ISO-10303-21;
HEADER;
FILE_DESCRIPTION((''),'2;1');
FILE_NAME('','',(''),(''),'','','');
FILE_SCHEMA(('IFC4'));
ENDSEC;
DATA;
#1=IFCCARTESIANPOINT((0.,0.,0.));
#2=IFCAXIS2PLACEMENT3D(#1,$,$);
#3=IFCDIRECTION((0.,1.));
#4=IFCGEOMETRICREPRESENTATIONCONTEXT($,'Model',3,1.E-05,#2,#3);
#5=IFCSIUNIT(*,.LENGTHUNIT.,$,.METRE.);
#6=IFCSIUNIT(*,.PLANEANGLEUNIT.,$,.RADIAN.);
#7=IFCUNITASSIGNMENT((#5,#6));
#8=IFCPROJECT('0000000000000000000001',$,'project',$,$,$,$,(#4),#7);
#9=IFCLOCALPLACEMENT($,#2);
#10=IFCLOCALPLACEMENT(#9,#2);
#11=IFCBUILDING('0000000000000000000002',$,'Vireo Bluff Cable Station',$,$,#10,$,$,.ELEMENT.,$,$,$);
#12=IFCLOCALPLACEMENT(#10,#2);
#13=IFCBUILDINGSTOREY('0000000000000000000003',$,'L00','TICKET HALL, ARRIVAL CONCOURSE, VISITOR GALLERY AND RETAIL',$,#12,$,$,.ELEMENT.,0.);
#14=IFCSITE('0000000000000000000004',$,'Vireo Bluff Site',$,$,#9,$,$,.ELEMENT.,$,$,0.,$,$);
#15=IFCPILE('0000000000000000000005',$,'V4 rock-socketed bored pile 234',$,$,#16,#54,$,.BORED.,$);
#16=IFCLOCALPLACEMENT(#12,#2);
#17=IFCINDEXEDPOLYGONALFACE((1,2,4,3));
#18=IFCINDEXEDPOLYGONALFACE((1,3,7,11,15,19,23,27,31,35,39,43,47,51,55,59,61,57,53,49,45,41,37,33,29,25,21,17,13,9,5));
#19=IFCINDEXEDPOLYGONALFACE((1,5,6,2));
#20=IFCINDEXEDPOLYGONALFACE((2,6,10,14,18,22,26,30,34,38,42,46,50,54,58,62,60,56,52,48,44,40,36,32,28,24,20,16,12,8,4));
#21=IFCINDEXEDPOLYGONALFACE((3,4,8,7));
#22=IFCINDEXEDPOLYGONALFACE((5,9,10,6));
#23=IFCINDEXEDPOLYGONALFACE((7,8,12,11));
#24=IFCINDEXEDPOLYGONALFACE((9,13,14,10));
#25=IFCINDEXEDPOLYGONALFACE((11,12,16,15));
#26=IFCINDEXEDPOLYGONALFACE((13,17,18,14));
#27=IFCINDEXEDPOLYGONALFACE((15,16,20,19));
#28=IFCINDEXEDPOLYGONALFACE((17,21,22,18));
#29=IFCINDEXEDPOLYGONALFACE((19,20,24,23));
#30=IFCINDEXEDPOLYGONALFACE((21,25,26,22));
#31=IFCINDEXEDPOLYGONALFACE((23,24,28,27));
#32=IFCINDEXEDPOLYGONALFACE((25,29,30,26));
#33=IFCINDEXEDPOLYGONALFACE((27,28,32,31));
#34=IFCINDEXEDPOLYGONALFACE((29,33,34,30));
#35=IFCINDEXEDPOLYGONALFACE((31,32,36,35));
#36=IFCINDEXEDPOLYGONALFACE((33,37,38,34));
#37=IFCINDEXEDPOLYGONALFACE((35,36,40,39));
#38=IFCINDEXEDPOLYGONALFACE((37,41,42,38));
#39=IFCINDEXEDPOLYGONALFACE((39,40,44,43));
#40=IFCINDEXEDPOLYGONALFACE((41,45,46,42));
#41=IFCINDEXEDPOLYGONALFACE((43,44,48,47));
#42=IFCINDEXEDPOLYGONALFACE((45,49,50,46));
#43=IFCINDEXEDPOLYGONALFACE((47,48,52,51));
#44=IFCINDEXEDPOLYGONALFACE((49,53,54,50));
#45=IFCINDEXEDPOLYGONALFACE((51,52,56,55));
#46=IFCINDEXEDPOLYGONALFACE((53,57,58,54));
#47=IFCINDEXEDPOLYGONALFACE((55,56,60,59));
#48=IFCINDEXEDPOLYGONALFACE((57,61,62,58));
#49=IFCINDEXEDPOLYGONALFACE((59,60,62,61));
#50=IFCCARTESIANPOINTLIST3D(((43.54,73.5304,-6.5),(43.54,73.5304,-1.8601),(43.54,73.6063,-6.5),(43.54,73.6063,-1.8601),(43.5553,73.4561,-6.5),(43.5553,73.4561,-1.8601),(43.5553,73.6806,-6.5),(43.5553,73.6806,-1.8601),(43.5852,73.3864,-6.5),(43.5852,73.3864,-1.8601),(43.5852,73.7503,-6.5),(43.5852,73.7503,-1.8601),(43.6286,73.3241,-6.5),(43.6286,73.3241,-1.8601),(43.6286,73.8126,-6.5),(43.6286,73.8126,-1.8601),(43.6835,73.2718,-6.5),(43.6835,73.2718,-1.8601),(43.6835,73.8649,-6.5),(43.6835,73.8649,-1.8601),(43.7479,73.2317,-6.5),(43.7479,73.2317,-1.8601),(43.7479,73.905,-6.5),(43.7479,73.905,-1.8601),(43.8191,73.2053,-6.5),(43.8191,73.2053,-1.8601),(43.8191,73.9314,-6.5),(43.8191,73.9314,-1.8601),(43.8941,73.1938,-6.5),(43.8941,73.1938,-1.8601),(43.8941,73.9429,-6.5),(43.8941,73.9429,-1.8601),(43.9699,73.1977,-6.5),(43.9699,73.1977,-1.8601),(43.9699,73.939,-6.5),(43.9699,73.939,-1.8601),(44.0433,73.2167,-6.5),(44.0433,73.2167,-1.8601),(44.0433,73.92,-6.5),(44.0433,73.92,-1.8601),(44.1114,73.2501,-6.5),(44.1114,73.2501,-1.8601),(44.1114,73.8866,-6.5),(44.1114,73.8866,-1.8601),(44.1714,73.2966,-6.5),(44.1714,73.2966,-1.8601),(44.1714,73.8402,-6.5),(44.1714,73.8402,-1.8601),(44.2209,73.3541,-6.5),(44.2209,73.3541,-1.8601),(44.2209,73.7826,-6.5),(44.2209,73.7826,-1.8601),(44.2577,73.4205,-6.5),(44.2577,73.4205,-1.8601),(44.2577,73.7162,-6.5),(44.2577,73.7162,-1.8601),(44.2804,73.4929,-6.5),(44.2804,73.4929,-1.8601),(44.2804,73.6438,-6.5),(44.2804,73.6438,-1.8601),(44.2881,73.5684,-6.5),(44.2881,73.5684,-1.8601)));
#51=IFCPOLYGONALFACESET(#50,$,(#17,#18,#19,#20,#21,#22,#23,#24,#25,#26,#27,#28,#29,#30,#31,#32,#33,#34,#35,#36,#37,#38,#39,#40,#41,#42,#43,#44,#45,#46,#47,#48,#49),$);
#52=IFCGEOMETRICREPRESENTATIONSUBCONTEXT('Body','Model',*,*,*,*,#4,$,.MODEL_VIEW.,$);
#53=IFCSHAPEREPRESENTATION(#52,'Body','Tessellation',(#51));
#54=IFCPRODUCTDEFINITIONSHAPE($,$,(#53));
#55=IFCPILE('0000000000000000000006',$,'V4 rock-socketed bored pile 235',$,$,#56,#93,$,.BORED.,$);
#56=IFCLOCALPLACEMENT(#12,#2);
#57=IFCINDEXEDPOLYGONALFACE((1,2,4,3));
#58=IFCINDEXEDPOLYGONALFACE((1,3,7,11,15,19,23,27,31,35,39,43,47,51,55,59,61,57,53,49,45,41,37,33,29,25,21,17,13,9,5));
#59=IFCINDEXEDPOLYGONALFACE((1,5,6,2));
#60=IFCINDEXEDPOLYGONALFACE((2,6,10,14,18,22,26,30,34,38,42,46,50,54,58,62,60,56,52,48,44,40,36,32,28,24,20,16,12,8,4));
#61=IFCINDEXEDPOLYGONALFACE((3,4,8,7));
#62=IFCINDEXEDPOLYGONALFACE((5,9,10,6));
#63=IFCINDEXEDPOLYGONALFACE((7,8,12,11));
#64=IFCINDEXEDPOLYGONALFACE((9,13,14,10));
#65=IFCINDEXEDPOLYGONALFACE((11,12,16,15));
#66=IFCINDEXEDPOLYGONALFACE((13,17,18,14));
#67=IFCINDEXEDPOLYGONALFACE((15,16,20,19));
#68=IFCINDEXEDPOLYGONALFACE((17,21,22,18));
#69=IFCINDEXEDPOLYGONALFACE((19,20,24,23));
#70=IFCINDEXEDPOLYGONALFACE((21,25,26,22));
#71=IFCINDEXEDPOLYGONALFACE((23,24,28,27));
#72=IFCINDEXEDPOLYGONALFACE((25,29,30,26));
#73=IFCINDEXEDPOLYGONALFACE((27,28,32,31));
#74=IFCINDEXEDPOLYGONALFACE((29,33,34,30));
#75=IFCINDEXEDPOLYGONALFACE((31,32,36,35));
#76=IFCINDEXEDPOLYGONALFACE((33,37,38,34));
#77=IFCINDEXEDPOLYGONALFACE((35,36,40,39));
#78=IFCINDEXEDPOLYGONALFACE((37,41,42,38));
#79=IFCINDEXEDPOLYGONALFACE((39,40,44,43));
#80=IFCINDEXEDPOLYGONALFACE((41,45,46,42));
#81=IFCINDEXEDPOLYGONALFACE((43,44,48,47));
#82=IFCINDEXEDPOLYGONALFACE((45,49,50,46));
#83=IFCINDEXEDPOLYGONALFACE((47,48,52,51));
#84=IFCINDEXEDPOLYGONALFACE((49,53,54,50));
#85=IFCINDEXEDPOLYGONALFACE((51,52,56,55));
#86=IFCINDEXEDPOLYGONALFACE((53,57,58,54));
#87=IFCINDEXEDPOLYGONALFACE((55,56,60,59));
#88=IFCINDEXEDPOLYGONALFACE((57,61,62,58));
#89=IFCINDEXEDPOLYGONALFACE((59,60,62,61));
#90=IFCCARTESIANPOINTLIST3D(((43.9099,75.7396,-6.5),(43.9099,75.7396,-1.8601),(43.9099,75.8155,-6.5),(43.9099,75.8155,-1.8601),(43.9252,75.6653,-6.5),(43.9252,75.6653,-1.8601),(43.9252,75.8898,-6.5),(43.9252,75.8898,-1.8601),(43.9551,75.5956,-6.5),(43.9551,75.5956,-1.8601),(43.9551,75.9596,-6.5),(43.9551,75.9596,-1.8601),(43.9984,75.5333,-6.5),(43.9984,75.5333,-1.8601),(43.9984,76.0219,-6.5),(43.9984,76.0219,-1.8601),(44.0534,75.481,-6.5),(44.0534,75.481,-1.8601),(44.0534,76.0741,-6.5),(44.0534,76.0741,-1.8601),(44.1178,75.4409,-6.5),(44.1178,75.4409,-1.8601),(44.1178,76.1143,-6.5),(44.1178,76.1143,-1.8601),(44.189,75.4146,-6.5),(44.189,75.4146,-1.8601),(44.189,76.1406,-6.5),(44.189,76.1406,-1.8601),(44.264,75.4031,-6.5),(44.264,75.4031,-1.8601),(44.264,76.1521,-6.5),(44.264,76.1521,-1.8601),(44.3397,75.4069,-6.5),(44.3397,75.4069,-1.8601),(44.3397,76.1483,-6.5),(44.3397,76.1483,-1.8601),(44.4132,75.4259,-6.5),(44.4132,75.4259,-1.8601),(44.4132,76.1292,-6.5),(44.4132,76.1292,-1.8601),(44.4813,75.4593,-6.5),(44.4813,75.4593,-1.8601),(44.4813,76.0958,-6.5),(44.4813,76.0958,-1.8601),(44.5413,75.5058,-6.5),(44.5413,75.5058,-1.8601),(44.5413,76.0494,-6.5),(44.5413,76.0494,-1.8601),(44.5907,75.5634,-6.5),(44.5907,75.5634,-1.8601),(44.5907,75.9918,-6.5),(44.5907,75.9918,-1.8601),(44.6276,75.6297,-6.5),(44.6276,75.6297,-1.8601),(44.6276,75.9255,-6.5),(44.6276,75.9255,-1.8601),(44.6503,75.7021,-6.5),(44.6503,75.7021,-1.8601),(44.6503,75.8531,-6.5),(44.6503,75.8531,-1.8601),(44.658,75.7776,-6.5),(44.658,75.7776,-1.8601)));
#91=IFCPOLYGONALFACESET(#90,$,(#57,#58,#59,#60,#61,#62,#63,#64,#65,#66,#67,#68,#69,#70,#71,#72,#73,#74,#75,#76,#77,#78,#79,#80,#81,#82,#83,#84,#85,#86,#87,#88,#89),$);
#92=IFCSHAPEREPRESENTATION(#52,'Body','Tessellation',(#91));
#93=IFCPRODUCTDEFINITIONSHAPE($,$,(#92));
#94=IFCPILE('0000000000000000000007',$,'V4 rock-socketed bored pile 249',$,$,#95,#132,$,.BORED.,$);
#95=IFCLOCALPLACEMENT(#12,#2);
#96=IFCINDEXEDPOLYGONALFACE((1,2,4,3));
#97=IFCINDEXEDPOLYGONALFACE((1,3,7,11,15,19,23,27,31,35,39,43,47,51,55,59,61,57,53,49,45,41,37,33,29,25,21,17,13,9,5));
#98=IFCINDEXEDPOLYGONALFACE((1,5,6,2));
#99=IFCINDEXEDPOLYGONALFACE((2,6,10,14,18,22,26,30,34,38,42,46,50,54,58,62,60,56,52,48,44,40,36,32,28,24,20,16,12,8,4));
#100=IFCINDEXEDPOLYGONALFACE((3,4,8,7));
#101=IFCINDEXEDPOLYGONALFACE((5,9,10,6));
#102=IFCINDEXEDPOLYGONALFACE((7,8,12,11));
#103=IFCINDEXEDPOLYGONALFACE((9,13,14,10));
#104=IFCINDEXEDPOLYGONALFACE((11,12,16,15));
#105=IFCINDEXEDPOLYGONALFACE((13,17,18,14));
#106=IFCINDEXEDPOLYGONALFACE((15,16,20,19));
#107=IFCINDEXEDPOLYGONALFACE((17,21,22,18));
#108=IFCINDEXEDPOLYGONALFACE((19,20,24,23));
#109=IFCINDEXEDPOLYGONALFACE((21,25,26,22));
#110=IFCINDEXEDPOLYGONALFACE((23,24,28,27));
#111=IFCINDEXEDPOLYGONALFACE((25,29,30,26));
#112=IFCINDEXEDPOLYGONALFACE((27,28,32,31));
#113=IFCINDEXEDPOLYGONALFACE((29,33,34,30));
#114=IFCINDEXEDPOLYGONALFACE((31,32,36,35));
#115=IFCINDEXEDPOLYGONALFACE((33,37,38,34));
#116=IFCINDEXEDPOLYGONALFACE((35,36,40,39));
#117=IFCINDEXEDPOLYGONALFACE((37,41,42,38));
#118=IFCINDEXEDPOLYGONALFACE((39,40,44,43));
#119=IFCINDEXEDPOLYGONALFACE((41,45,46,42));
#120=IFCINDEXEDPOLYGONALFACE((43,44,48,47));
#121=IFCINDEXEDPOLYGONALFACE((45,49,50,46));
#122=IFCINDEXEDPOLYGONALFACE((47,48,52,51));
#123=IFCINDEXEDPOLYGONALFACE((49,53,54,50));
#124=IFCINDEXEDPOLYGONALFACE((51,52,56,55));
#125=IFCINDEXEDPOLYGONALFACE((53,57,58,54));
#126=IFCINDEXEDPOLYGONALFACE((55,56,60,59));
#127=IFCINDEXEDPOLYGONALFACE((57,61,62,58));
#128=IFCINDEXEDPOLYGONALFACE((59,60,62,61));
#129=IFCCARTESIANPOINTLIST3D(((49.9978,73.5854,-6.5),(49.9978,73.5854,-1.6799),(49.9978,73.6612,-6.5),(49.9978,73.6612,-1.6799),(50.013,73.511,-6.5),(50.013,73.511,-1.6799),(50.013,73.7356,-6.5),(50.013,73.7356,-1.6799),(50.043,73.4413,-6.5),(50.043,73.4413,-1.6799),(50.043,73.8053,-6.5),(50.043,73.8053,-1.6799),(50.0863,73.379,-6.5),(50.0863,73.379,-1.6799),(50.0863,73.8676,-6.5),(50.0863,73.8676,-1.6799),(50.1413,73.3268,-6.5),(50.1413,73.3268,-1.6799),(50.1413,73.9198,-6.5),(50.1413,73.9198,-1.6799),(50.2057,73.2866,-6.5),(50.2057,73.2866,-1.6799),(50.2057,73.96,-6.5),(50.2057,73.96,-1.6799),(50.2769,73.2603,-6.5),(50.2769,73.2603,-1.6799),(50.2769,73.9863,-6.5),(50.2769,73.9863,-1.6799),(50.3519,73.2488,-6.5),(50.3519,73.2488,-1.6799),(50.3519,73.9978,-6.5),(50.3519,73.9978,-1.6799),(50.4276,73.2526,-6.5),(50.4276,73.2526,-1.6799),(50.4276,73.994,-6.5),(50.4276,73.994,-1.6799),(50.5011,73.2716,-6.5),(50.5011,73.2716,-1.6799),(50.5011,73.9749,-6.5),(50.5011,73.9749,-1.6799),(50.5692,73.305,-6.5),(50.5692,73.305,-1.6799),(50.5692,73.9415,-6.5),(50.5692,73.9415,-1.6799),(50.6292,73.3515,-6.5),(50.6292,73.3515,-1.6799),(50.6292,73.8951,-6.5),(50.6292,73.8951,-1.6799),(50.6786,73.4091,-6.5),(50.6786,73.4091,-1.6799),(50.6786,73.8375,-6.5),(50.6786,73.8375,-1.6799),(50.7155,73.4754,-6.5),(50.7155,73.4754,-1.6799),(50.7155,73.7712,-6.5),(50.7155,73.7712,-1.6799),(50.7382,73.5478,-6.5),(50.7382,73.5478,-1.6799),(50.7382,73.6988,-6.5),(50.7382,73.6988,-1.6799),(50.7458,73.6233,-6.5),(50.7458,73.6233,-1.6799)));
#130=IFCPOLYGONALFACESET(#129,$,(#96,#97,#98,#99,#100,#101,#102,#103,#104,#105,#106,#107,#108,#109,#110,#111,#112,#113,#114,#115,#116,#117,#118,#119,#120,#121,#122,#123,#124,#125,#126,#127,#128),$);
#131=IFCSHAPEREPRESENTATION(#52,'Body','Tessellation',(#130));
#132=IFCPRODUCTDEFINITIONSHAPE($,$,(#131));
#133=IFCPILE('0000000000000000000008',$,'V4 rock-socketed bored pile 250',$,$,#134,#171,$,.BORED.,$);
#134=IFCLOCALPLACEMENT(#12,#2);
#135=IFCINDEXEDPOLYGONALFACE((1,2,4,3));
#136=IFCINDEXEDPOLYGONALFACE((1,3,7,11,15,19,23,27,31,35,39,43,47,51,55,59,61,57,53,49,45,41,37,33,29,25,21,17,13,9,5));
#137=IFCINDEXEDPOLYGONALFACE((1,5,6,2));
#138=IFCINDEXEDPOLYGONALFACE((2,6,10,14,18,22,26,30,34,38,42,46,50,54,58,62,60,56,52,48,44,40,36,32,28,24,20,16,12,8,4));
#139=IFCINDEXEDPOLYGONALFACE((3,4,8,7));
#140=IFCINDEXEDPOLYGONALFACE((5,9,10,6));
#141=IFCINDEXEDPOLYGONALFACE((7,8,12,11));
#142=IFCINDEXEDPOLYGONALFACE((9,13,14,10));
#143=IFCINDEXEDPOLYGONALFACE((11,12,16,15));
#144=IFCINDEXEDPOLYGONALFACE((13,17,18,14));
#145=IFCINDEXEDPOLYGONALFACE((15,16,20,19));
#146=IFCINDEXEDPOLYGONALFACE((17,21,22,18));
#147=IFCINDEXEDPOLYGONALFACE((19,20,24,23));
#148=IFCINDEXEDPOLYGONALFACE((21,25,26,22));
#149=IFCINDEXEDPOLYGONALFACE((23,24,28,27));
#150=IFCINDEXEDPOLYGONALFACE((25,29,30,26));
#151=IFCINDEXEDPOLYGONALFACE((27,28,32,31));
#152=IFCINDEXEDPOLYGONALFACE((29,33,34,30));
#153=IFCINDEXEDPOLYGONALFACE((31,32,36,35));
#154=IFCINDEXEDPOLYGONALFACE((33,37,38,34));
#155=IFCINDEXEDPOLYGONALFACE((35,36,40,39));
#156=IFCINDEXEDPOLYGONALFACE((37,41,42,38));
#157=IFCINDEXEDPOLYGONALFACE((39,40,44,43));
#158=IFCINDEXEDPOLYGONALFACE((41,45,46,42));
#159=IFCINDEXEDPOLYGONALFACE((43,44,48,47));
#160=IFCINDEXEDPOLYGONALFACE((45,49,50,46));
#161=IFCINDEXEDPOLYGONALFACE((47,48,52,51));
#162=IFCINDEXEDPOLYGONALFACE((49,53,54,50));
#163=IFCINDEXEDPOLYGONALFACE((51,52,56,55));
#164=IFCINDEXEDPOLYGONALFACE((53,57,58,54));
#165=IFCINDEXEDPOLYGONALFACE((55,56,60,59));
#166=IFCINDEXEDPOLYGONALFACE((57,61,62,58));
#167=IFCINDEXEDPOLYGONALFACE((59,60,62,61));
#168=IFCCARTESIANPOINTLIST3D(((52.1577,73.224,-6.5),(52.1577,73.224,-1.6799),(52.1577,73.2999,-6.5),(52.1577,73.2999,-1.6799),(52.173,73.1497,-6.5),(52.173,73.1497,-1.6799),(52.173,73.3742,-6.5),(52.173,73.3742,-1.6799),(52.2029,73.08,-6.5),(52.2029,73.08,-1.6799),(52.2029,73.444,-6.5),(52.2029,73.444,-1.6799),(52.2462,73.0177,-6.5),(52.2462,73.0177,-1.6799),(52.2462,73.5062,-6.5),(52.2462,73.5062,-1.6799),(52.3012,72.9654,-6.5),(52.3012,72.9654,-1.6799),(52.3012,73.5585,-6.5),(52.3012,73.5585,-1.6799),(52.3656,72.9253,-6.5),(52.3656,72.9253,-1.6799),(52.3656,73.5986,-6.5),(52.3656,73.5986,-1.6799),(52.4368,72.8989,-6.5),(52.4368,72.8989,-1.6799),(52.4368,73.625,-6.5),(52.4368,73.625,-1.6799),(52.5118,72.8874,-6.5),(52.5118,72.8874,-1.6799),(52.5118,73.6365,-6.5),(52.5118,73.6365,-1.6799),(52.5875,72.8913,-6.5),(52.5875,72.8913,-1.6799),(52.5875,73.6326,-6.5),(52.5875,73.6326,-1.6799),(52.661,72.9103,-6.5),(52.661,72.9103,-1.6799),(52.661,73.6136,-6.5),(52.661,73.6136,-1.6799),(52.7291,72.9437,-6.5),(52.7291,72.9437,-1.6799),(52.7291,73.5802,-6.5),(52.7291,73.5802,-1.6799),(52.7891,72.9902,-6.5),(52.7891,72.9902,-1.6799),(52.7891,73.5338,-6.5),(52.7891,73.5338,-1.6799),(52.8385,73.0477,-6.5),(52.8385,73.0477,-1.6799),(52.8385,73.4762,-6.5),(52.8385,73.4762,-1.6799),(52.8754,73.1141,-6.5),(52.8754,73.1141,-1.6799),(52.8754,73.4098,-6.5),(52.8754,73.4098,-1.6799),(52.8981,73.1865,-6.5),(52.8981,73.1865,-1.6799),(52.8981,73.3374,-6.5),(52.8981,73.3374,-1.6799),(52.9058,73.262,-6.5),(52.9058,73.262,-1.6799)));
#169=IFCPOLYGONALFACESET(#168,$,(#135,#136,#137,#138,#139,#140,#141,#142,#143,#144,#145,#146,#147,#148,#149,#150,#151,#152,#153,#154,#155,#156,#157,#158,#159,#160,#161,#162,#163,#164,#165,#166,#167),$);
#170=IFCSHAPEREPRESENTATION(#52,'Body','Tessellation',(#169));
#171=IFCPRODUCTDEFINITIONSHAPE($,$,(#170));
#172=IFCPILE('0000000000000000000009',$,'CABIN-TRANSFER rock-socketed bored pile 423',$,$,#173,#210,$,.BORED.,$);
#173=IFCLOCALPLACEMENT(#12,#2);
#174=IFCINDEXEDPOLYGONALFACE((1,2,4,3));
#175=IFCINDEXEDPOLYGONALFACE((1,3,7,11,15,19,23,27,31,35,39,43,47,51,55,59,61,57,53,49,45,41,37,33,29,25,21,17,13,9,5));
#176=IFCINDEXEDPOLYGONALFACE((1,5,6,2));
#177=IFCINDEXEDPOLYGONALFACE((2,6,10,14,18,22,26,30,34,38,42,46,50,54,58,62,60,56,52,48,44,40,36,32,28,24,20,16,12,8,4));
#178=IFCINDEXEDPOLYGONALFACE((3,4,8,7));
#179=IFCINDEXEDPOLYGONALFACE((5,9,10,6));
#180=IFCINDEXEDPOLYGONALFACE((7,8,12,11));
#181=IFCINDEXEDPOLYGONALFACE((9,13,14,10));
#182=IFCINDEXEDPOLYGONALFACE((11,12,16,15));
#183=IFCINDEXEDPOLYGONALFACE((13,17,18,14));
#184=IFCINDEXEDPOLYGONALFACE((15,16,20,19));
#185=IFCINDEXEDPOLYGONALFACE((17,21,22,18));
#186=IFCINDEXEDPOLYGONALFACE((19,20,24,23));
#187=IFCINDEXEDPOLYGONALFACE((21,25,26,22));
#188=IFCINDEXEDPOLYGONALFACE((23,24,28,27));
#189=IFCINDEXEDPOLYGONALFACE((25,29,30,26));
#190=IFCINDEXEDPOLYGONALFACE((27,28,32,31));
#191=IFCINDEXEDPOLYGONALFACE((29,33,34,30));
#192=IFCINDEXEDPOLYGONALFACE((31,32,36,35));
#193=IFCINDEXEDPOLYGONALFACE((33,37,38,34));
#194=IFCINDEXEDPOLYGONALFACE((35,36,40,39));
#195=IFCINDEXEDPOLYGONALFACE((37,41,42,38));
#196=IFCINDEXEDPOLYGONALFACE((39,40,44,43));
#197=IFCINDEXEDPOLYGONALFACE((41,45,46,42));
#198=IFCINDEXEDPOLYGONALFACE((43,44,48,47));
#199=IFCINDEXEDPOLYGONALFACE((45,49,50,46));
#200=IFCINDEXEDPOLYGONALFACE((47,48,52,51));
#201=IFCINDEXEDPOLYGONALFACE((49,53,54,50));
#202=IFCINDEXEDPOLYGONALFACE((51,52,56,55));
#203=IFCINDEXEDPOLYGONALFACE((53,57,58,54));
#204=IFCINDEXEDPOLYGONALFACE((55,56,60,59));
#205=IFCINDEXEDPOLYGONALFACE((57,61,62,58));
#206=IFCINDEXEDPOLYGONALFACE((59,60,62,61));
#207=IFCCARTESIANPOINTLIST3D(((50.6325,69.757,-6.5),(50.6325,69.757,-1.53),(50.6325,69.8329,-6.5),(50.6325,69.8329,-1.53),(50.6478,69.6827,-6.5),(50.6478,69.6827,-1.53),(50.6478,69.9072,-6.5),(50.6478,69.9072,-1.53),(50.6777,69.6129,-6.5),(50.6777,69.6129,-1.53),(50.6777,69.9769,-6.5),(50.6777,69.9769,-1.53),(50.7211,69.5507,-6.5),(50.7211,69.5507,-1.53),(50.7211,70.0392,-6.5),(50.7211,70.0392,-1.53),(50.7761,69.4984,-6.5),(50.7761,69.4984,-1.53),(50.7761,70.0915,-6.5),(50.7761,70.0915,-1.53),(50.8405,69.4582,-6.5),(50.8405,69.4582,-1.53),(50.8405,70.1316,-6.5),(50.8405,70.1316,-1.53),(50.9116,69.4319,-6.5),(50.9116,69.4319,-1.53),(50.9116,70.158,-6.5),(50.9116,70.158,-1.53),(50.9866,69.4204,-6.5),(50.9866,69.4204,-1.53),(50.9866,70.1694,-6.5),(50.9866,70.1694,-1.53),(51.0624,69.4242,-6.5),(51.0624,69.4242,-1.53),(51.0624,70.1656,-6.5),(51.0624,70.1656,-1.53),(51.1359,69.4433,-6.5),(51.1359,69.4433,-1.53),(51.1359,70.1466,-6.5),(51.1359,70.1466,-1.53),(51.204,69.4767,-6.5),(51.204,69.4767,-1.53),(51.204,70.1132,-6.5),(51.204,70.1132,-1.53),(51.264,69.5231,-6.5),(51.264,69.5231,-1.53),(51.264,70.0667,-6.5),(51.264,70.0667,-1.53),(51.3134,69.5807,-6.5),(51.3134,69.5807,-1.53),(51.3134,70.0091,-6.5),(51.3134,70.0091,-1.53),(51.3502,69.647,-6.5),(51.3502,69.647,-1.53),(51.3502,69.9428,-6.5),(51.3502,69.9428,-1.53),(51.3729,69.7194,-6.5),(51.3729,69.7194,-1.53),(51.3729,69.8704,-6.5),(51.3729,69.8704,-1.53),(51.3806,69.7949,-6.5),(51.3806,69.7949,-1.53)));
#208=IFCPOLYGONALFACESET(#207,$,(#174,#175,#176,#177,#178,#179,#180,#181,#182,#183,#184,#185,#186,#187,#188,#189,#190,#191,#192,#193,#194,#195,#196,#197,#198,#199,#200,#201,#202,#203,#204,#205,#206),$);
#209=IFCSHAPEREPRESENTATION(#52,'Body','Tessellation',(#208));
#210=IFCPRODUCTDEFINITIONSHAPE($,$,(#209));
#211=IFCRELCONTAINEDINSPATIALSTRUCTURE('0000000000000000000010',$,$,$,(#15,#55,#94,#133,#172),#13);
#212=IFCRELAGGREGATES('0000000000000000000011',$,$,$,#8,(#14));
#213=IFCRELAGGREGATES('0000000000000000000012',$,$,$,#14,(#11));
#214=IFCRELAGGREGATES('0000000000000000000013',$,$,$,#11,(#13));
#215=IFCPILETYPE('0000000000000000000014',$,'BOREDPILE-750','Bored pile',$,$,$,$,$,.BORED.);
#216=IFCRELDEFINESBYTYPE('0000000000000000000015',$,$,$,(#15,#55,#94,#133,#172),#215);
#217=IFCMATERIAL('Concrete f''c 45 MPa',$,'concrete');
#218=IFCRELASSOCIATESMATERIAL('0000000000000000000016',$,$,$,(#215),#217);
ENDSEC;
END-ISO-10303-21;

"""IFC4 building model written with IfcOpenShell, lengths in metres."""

from ifc_helpers import new_model, si_unit, direction, frame, origin, origin_2d, place, context, subcontext, project, spatial, circle, extrude, material, material_profile, profile_set, type_object, element, save


model = new_model("IFC4")

# Units and contexts
model_context = context("Model", 3, precision=1e-05, world=origin(), true_north=direction((0.0, 1.0)))
body_context = subcontext(model_context, "Body", "Model", "MODEL_VIEW")
ifc_project = project(units=[si_unit("LENGTHUNIT", "METRE"), si_unit("PLANEANGLEUNIT", "RADIAN")], contexts=[model_context])

# Site, building, storey
site_placement = place(None, origin())
site = spatial("IfcSite", under=ifc_project, at=site_placement, Name="Vireo Bluff Site", CompositionType="ELEMENT", RefElevation=0.0)
building_placement = place(site_placement, origin())
building = spatial("IfcBuilding", under=site, at=building_placement, Name="Vireo Bluff Cable Station", CompositionType="ELEMENT")
storey_placement = place(building_placement, origin())
storey = spatial("IfcBuildingStorey", under=building, at=storey_placement, Name="L00", Description="TICKET HALL, ARRIVAL CONCOURSE, VISITOR GALLERY AND RETAIL", CompositionType="ELEMENT", Elevation=0.0)

# Piles
ifc_material_1 = material(Name="Concrete f'c 45 MPa", Category="concrete")
ifc_material_profile_1 = material_profile(ifc_material_1, circle(Radius=0.375, at=origin_2d()), Name="BOREDPILE-750")
ifc_profile_set_1 = profile_set([ifc_material_profile_1], Name="Concrete f'c 45 MPa")
pile_type = type_object("IfcPileType", Name="BOREDPILE-750", Description="Bored pile", PredefinedType="BORED", material=ifc_profile_set_1)
for number, where, z_axis, x_axis, name in (
    (1, (43.9131, 73.5684, -1.8601), (0.0, 0.0, -1.0), (1.0, 0.0, 0.0), "V4 rock-socketed bored pile 234"),
    (2, (44.283, 75.7776, -1.8601), (0.0, 0.0, -1.0), (1.0, 0.0, 0.0), "V4 rock-socketed bored pile 235"),
):
    element("IfcPile", number, at=place(storey_placement, frame(where, z_axis=z_axis, x_axis=x_axis)), inside=storey, type_object=pile_type, Name=name, PredefinedType="BORED", context=body_context, shape_type="SweptSolid", body=[
        extrude(circle(Radius=0.375, at=origin_2d()), origin(), (0.0, 0.0, 1.0), 4.6399),
    ])
for number, where, z_axis, x_axis, name in (
    (3, (50.3708, 73.6233, -1.6799), (0.0, 0.0, -1.0), (1.0, 0.0, 0.0), "V4 rock-socketed bored pile 249"),
    (4, (52.5308, 73.262, -1.6799), (0.0, 0.0, -1.0), (1.0, 0.0, 0.0), "V4 rock-socketed bored pile 250"),
):
    element("IfcPile", number, at=place(storey_placement, frame(where, z_axis=z_axis, x_axis=x_axis)), inside=storey, type_object=pile_type, Name=name, PredefinedType="BORED", context=body_context, shape_type="SweptSolid", body=[
        extrude(circle(Radius=0.375, at=origin_2d()), origin(), (0.0, 0.0, 1.0), 4.8201),
    ])
for number, where, z_axis, x_axis, name in (
    (5, (51.0056, 69.7949, -1.53), (0.0, 0.0, -1.0), (1.0, 0.0, 0.0), "CABIN-TRANSFER rock-socketed bored pile 423"),
):
    element("IfcPile", number, at=place(storey_placement, frame(where, z_axis=z_axis, x_axis=x_axis)), inside=storey, type_object=pile_type, Name=name, PredefinedType="BORED", context=body_context, shape_type="SweptSolid", body=[
        extrude(circle(Radius=0.375, at=origin_2d()), origin(), (0.0, 0.0, 1.0), 4.97),
    ])

save(model, "model.ifc")
